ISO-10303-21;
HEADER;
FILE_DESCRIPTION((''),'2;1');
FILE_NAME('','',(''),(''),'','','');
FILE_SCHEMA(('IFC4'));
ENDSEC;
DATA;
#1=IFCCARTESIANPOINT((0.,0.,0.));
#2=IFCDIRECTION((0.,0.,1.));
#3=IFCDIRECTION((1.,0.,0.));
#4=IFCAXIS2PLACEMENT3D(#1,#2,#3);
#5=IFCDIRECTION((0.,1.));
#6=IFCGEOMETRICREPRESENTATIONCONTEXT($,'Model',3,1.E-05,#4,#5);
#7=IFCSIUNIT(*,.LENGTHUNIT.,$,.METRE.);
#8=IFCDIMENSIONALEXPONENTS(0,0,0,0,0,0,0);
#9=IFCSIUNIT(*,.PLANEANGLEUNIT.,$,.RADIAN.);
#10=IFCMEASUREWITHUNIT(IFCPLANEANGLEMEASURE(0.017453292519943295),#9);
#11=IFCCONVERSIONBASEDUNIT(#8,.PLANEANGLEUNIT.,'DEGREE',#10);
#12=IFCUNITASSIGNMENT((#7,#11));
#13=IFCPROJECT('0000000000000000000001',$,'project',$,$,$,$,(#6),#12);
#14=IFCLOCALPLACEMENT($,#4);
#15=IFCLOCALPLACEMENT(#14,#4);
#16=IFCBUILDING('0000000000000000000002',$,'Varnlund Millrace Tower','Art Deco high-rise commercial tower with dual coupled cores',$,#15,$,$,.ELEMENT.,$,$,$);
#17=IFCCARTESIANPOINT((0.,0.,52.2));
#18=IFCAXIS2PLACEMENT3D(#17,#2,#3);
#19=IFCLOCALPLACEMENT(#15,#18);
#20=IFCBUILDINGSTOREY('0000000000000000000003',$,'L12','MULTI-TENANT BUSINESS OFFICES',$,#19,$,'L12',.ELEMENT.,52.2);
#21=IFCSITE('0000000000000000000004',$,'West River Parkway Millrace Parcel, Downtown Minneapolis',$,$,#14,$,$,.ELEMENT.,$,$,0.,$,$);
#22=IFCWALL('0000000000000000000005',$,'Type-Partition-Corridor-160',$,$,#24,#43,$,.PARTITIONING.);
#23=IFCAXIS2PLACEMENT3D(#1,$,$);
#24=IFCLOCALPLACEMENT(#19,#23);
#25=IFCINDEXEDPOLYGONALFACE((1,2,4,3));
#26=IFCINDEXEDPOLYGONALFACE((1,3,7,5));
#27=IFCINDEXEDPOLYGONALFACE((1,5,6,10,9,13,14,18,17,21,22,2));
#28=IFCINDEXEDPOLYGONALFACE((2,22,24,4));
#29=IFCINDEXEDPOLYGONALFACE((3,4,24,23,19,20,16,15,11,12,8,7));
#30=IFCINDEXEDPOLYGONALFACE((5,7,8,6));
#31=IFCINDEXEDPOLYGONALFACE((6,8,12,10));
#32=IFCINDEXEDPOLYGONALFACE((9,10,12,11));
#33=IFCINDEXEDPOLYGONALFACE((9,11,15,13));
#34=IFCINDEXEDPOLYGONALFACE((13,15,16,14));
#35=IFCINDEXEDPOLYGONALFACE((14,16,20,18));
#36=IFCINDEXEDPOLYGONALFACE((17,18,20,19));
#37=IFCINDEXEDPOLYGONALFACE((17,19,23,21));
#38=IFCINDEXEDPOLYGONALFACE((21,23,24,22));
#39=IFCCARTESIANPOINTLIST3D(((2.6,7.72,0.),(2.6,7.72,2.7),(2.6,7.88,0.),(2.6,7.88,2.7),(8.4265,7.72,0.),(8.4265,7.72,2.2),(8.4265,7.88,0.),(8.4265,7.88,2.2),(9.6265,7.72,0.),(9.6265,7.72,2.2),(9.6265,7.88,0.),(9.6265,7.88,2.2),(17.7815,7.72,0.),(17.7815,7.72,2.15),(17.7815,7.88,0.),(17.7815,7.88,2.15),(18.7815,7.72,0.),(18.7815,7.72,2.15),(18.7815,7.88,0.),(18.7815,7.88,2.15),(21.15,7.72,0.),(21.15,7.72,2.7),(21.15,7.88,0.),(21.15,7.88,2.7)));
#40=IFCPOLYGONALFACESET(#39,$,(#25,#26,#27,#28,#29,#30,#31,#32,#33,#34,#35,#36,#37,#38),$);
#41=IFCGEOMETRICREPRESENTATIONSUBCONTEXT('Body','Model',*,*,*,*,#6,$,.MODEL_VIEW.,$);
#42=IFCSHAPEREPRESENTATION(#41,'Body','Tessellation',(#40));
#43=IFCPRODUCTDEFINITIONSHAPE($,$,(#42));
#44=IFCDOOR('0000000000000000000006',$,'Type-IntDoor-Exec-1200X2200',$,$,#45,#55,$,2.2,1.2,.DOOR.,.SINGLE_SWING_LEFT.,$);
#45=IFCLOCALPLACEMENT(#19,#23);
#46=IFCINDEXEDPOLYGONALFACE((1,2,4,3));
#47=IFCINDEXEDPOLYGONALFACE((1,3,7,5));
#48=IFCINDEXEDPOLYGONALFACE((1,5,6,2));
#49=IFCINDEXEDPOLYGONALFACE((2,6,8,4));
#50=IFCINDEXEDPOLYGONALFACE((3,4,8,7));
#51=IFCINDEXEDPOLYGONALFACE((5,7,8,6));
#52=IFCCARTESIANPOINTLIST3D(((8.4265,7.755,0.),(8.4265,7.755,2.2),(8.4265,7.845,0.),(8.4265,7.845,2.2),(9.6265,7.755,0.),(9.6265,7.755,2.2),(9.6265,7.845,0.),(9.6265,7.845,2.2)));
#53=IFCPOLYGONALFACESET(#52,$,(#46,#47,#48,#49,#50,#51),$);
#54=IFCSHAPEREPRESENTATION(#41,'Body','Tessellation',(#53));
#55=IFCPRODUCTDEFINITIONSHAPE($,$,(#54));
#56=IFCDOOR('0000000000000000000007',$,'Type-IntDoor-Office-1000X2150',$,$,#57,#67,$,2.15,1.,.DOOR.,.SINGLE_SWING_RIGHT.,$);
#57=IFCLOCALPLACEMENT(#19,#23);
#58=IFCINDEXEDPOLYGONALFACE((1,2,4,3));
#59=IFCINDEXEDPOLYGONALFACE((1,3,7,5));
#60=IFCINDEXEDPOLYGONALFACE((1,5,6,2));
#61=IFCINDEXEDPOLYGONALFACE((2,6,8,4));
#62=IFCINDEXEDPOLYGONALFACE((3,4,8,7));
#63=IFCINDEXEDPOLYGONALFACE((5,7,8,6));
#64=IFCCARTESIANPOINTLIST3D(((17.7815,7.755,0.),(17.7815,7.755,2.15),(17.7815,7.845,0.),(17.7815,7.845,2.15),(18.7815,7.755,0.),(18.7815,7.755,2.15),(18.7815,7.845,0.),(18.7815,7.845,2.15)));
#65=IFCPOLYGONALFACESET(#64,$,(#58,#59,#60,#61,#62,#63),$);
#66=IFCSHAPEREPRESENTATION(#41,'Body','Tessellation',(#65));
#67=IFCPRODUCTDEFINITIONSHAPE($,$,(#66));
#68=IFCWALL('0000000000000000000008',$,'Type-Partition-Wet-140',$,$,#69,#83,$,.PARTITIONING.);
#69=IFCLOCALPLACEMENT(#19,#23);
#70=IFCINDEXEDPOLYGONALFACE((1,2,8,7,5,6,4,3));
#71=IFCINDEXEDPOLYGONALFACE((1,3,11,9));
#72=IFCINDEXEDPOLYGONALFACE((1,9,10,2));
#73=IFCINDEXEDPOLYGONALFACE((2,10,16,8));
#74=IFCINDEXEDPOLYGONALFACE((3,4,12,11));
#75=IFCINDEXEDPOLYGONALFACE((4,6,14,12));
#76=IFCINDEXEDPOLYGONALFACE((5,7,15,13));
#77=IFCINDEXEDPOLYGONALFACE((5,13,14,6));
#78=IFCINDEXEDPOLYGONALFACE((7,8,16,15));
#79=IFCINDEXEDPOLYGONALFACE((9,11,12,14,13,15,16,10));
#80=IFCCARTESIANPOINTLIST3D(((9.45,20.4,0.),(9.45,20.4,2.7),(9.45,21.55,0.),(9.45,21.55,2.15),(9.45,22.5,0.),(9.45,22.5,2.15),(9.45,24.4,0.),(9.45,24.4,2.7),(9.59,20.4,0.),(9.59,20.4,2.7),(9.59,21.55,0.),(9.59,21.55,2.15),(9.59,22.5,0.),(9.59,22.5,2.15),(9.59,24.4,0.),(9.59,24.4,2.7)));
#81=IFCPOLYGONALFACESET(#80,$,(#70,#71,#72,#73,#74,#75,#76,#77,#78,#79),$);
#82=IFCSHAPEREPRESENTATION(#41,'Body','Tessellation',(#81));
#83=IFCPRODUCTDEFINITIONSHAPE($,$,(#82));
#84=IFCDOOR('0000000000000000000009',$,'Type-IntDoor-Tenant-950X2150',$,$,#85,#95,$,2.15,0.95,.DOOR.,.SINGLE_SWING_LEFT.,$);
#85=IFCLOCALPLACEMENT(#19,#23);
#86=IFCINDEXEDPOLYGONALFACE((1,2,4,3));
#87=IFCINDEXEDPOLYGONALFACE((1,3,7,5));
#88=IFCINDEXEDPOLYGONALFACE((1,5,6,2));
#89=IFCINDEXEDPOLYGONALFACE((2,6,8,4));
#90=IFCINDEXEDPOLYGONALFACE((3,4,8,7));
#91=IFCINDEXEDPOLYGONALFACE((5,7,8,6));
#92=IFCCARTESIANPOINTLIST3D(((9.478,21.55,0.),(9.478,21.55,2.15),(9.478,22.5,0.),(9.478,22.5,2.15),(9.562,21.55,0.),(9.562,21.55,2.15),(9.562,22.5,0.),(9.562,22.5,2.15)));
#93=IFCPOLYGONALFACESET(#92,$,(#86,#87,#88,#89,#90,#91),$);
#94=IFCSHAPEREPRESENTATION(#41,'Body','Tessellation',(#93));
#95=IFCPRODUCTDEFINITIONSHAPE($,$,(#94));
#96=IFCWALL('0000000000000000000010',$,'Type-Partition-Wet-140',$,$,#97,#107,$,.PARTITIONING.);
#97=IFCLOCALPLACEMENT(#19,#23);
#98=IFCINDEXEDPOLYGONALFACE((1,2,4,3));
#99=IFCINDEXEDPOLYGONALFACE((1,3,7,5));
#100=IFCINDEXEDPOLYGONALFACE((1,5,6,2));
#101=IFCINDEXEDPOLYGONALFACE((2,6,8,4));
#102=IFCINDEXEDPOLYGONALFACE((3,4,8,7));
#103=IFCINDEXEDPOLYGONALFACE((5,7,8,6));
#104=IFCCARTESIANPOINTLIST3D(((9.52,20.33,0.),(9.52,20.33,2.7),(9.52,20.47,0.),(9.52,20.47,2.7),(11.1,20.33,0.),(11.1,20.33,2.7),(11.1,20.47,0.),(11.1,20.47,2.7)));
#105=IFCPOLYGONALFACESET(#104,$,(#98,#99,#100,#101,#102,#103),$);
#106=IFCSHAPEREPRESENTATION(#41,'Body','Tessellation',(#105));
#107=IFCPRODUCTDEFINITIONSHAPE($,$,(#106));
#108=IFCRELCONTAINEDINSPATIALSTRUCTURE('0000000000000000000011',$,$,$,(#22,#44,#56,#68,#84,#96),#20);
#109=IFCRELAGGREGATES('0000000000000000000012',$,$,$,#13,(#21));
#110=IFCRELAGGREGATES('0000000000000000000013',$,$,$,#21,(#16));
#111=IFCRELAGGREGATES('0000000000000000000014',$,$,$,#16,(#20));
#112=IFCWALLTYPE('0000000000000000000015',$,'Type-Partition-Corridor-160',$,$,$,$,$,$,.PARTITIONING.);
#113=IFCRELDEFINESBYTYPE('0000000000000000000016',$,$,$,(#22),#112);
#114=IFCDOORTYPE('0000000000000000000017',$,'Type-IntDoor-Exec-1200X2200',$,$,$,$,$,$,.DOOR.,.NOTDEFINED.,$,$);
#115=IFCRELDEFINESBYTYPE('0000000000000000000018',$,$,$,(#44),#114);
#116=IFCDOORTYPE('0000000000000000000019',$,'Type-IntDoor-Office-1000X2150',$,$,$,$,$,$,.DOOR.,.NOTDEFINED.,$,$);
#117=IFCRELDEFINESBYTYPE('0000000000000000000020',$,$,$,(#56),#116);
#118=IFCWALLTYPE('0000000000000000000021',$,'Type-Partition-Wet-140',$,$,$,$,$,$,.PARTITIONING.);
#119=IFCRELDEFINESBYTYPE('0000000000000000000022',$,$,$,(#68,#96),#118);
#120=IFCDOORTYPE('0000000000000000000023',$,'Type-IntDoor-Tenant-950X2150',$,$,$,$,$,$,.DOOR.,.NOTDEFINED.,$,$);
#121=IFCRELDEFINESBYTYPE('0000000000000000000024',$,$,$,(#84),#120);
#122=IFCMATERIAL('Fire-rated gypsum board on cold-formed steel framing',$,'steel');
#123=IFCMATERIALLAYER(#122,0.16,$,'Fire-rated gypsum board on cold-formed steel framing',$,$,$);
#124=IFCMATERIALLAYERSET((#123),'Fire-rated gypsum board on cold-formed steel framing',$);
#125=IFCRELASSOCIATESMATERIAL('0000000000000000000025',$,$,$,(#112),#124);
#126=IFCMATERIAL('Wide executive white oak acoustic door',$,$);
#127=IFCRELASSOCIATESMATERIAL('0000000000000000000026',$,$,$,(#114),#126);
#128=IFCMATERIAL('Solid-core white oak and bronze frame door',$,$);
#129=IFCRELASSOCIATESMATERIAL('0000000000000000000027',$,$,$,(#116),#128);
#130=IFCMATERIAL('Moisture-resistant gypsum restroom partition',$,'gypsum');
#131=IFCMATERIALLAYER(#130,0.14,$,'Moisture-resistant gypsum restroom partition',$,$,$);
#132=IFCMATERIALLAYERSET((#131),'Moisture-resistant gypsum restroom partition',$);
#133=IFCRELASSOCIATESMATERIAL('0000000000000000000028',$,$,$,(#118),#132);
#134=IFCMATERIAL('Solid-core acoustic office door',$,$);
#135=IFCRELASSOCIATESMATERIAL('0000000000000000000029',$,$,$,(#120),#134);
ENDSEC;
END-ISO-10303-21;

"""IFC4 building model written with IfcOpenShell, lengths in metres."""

from ifc_helpers import new_model, entity, si_unit, converted_unit, direction, frame, origin_with_axes, origin_2d_with_axis, place, context, subcontext, project, spatial, polyline, rectangle, outline, extrude, material, layer, layer_set, type_object, element, fill, save


model = new_model("IFC4")

# Units and contexts
model_context = context("Model", 3, precision=1e-05, world=origin_with_axes(), true_north=direction((0.0, 1.0)))
body_context = subcontext(model_context, "Body", "Model", "MODEL_VIEW")
ifc_project = project(units=[si_unit("LENGTHUNIT", "METRE"), converted_unit("PLANEANGLEUNIT", "DEGREE", entity("IfcPlaneAngleMeasure", 0.017453292519943295), si_unit("PLANEANGLEUNIT", "RADIAN"), dimensions=[0, 0, 0, 0, 0, 0, 0])], contexts=[model_context])

# Site, building, storey
site_placement = place(None, origin_with_axes())
site = spatial("IfcSite", under=ifc_project, at=site_placement, Name="West River Parkway Millrace Parcel, Downtown Minneapolis", CompositionType="ELEMENT", RefElevation=0.0)
building_placement = place(site_placement, origin_with_axes())
building = spatial("IfcBuilding", under=site, at=building_placement, Name="Varnlund Millrace Tower", Description="Art Deco high-rise commercial tower with dual coupled cores", CompositionType="ELEMENT")
storey_placement = place(building_placement, frame((0.0, 0.0, 52.2), z_axis=(0.0, 0.0, 1.0), x_axis=(1.0, 0.0, 0.0)))
storey = spatial("IfcBuildingStorey", under=building, at=storey_placement, Name="L12", Description="MULTI-TENANT BUSINESS OFFICES", LongName="L12", CompositionType="ELEMENT", Elevation=52.2)

# Wall, openings, doors
ifc_material_1 = material(Name="Fire-rated gypsum board on cold-formed steel framing", Category="steel")
ifc_layer_1 = layer(ifc_material_1, 0.16, Name="Fire-rated gypsum board on cold-formed steel framing")
ifc_layer_set_1 = layer_set([ifc_layer_1], Name="Fire-rated gypsum board on cold-formed steel framing")
wall_type_1 = type_object("IfcWallType", Name="Type-Partition-Corridor-160", PredefinedType="PARTITIONING", material=ifc_layer_set_1)
wall_1_placement = place(storey_placement, frame((2.6, 7.8, 0.0), z_axis=(0.0, 0.0, 1.0), x_axis=(1.0, 0.0, 0.0)))
wall_1 = element("IfcWall", 1, at=wall_1_placement, inside=storey, type_object=wall_type_1, Name="Type-Partition-Corridor-160", PredefinedType="PARTITIONING", context=body_context, shape_type="SweptSolid", body=[
    extrude(outline(polyline([(0.0, -0.08), (18.55, -0.08), (18.55, 0.08), (0.0, 0.08), (0.0, -0.08)])), origin_with_axes(), (0.0, 0.0, 1.0), 2.7),
])
opening_1_placement = place(wall_1_placement, frame((6.4265, 0.0, 0.0), z_axis=(0.0, 0.0, 1.0), x_axis=(1.0, 0.0, 0.0)))
opening_1 = element("IfcOpeningElement", 2, at=opening_1_placement, cuts=wall_1, PredefinedType="OPENING", context=body_context, shape_type="SweptSolid", body=[
    extrude(rectangle(XDim=1.2, YDim=0.18, at=origin_2d_with_axis()), origin_with_axes(), (0.0, 0.0, 1.0), 2.2),
])
opening_2_placement = place(wall_1_placement, frame((15.6815, 0.0, 0.0), z_axis=(0.0, 0.0, 1.0), x_axis=(1.0, 0.0, 0.0)))
opening_2 = element("IfcOpeningElement", 3, at=opening_2_placement, cuts=wall_1, PredefinedType="OPENING", context=body_context, shape_type="SweptSolid", body=[
    extrude(rectangle(XDim=1.0, YDim=0.18, at=origin_2d_with_axis()), origin_with_axes(), (0.0, 0.0, 1.0), 2.15),
])
ifc_material_2 = material(Name="Wide executive white oak acoustic door")
door_type_1 = type_object("IfcDoorType", Name="Type-IntDoor-Exec-1200X2200", OperationType="NOTDEFINED", PredefinedType="DOOR", material=ifc_material_2)
door_1_placement = place(wall_1_placement, frame((6.4265, 0.0, 0.0), z_axis=(0.0, 0.0, 1.0), x_axis=(1.0, 0.0, 0.0)))
door_1 = element("IfcDoor", 4, at=door_1_placement, inside=storey, type_object=door_type_1, Name="Type-IntDoor-Exec-1200X2200", OperationType="SINGLE_SWING_LEFT", OverallHeight=2.2, OverallWidth=1.2, PredefinedType="DOOR", context=body_context, shape_type="SweptSolid", body=[
    extrude(rectangle(XDim=1.2, YDim=0.09, at=origin_2d_with_axis()), origin_with_axes(), (0.0, 0.0, 1.0), 2.2),
])
fill(opening_1, door_1)
ifc_material_3 = material(Name="Solid-core white oak and bronze frame door")
door_type_2 = type_object("IfcDoorType", Name="Type-IntDoor-Office-1000X2150", OperationType="NOTDEFINED", PredefinedType="DOOR", material=ifc_material_3)
door_2_placement = place(wall_1_placement, frame((15.6815, 0.0, 0.0), z_axis=(0.0, 0.0, 1.0), x_axis=(1.0, 0.0, 0.0)))
door_2 = element("IfcDoor", 5, at=door_2_placement, inside=storey, type_object=door_type_2, Name="Type-IntDoor-Office-1000X2150", OperationType="SINGLE_SWING_RIGHT", OverallHeight=2.15, OverallWidth=1.0, PredefinedType="DOOR", context=body_context, shape_type="SweptSolid", body=[
    extrude(rectangle(XDim=1.0, YDim=0.09, at=origin_2d_with_axis()), origin_with_axes(), (0.0, 0.0, 1.0), 2.15),
])
fill(opening_2, door_2)

# Wall, opening, door
ifc_material_4 = material(Name="Moisture-resistant gypsum restroom partition", Category="gypsum")
ifc_layer_2 = layer(ifc_material_4, 0.14, Name="Moisture-resistant gypsum restroom partition")
ifc_layer_set_2 = layer_set([ifc_layer_2], Name="Moisture-resistant gypsum restroom partition")
wall_type_2 = type_object("IfcWallType", Name="Type-Partition-Wet-140", PredefinedType="PARTITIONING", material=ifc_layer_set_2)
wall_2_placement = place(storey_placement, frame((9.52, 20.4, 0.0), z_axis=(0.0, 0.0, 1.0), x_axis=(0.0, 1.0, 0.0)))
wall_2 = element("IfcWall", 6, at=wall_2_placement, inside=storey, type_object=wall_type_2, Name="Type-Partition-Wet-140", PredefinedType="PARTITIONING", context=body_context, shape_type="SweptSolid", body=[
    extrude(outline(polyline([(0.0, -0.07), (4.0, -0.07), (4.0, 0.07), (0.0, 0.07), (0.0, -0.07)])), origin_with_axes(), (0.0, 0.0, 1.0), 2.7),
])
opening_3_placement = place(wall_2_placement, frame((1.625, 0.0, 0.0), z_axis=(0.0, 0.0, 1.0), x_axis=(1.0, 0.0, 0.0)))
opening_3 = element("IfcOpeningElement", 7, at=opening_3_placement, cuts=wall_2, PredefinedType="OPENING", context=body_context, shape_type="SweptSolid", body=[
    extrude(rectangle(XDim=0.95, YDim=0.16, at=origin_2d_with_axis()), origin_with_axes(), (0.0, 0.0, 1.0), 2.15),
])
ifc_material_5 = material(Name="Solid-core acoustic office door")
door_type_3 = type_object("IfcDoorType", Name="Type-IntDoor-Tenant-950X2150", OperationType="NOTDEFINED", PredefinedType="DOOR", material=ifc_material_5)
door_3_placement = place(wall_2_placement, frame((1.625, 0.0, 0.0), z_axis=(0.0, 0.0, 1.0), x_axis=(1.0, 0.0, 0.0)))
door_3 = element("IfcDoor", 8, at=door_3_placement, inside=storey, type_object=door_type_3, Name="Type-IntDoor-Tenant-950X2150", OperationType="SINGLE_SWING_LEFT", OverallHeight=2.15, OverallWidth=0.95, PredefinedType="DOOR", context=body_context, shape_type="SweptSolid", body=[
    extrude(rectangle(XDim=0.95, YDim=0.084, at=origin_2d_with_axis()), origin_with_axes(), (0.0, 0.0, 1.0), 2.15),
])
fill(opening_3, door_3)

# Wall
wall_3_placement = place(storey_placement, frame((9.52, 20.4, 0.0), z_axis=(0.0, 0.0, 1.0), x_axis=(1.0, 0.0, 0.0)))
element("IfcWall", 9, at=wall_3_placement, inside=storey, type_object=wall_type_2, Name="Type-Partition-Wet-140", PredefinedType="PARTITIONING", context=body_context, shape_type="SweptSolid", body=[
    extrude(outline(polyline([(0.0, -0.07), (1.58, -0.07), (1.58, 0.07), (0.0, 0.07), (0.0, -0.07)])), origin_with_axes(), (0.0, 0.0, 1.0), 2.7),
])

save(model, "model.ifc")
